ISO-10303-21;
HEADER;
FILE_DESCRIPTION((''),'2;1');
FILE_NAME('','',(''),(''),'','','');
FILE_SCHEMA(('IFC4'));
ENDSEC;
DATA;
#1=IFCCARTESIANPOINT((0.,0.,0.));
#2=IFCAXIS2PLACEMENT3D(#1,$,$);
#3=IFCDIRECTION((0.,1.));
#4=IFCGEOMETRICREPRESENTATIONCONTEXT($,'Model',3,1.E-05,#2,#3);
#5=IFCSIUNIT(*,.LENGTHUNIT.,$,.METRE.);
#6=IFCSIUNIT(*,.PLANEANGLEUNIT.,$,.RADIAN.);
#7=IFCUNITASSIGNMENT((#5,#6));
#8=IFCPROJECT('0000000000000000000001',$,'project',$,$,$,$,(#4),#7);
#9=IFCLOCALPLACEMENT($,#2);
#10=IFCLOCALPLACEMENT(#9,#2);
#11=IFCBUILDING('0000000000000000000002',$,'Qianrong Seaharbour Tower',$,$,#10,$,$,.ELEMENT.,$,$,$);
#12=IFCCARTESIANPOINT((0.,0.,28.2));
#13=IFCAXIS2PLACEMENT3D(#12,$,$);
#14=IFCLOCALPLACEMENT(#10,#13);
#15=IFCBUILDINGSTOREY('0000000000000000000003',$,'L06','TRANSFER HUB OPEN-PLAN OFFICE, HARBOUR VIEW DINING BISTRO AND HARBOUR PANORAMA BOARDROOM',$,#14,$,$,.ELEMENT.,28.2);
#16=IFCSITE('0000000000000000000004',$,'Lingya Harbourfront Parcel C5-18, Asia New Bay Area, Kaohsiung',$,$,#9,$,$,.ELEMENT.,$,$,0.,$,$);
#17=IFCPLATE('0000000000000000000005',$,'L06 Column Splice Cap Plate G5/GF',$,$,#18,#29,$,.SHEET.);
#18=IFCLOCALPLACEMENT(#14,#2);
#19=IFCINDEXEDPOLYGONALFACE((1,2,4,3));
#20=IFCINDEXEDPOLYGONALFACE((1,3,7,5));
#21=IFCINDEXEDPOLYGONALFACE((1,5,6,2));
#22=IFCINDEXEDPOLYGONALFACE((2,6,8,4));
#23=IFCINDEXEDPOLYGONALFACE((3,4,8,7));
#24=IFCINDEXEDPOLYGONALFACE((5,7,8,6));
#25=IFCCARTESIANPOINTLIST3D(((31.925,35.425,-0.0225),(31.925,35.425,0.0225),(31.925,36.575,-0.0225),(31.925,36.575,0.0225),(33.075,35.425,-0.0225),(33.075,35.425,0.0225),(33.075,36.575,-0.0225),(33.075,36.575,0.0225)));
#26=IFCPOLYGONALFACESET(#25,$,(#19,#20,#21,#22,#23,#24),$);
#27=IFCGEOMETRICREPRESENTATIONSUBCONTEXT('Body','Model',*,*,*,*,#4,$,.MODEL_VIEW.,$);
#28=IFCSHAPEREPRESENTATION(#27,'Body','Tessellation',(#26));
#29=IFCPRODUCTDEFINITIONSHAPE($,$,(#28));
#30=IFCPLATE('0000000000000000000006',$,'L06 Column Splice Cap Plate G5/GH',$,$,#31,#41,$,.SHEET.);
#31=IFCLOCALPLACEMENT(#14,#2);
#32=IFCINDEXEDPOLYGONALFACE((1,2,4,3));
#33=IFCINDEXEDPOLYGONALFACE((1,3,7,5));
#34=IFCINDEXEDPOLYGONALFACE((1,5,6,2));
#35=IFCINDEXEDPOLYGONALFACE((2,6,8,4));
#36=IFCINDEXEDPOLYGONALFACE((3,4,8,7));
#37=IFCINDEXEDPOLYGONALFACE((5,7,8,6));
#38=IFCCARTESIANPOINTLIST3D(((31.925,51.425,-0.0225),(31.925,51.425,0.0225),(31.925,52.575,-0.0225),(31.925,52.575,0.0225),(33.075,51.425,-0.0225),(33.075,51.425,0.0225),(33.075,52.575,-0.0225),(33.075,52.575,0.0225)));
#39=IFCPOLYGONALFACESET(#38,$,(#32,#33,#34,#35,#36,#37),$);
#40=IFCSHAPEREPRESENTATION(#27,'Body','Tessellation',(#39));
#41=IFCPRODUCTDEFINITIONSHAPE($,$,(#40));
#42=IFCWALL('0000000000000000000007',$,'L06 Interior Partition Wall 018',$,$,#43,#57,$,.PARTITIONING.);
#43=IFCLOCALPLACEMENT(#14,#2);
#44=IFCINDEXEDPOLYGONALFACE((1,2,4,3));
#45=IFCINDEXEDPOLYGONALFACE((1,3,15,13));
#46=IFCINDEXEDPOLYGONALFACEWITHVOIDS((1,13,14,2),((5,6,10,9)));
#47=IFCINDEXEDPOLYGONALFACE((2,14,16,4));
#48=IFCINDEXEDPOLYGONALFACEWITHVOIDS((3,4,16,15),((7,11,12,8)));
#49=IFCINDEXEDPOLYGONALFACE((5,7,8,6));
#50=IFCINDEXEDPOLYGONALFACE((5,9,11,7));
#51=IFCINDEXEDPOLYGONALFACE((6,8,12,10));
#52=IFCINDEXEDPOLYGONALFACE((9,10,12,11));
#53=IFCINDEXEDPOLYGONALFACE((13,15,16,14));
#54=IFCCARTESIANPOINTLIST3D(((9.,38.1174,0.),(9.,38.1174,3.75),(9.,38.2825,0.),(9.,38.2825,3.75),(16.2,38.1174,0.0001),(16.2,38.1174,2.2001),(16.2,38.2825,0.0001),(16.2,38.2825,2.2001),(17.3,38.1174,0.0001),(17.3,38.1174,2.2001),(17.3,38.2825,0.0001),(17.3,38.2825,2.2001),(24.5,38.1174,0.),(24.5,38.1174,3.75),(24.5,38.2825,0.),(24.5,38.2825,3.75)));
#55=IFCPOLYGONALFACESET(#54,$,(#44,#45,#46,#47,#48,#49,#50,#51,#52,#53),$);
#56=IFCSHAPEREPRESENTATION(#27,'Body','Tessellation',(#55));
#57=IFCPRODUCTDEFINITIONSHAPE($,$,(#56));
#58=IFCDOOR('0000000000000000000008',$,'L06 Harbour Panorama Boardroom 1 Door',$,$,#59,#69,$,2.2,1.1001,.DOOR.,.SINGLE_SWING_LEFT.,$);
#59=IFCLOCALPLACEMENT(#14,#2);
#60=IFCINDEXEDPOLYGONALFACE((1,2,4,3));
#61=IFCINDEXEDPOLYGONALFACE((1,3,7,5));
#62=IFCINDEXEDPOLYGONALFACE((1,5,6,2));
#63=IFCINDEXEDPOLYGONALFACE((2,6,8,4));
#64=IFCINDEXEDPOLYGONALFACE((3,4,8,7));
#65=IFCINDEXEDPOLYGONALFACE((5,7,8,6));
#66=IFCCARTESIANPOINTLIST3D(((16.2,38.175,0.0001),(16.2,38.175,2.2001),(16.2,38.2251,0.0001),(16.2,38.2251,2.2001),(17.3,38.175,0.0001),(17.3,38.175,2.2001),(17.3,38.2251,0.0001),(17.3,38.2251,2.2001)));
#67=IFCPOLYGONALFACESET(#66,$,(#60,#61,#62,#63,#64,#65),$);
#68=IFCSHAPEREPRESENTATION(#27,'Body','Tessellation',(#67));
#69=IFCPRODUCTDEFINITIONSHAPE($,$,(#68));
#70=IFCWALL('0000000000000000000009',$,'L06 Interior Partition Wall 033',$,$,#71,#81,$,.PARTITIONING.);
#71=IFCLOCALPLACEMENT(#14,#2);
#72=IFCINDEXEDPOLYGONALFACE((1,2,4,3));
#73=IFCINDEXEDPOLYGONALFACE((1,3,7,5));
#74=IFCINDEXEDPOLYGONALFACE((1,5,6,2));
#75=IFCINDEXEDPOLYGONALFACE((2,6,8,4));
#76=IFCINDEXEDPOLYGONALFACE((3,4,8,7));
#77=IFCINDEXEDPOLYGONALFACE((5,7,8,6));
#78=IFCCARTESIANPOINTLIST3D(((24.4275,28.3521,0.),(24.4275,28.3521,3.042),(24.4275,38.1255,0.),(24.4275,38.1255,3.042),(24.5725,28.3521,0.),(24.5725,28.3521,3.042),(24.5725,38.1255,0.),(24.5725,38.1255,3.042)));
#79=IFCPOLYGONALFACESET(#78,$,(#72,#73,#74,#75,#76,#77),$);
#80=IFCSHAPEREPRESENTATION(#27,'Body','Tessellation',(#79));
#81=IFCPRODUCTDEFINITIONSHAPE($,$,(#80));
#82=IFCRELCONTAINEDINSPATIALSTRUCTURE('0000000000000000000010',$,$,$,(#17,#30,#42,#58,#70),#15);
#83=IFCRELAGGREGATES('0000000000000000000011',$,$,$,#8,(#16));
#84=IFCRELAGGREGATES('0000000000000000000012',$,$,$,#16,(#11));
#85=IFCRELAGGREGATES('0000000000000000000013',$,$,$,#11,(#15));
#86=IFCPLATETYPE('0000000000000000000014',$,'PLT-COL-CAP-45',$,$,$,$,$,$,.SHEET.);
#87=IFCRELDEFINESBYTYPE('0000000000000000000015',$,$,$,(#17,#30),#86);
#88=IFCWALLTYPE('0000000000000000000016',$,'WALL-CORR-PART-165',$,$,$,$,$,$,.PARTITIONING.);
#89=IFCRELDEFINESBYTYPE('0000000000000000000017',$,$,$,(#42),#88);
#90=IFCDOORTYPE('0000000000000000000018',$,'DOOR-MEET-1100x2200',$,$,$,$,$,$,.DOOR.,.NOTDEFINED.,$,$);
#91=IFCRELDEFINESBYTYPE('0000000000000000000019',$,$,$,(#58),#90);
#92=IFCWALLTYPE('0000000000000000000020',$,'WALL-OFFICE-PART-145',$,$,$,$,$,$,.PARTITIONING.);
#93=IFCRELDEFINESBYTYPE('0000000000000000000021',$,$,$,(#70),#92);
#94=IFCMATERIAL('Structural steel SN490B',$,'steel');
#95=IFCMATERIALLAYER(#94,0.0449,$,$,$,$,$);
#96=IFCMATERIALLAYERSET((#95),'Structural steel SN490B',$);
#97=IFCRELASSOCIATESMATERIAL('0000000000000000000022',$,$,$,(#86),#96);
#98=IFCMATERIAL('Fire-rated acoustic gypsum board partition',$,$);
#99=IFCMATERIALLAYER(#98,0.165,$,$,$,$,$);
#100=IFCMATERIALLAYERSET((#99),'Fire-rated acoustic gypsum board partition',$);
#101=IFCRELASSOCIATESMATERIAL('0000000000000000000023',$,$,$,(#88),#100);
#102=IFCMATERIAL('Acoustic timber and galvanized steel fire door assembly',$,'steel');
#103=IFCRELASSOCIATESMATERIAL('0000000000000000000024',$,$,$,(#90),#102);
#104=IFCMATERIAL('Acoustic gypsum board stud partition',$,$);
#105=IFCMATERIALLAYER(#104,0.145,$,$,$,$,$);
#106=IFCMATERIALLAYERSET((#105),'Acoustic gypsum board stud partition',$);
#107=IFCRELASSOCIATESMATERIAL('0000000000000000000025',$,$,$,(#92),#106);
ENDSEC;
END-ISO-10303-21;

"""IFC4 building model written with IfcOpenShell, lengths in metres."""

from ifc_helpers import new_model, si_unit, direction, frame, frame_2d, origin, origin_2d, place, context, subcontext, project, spatial, rectangle, extrude, material, layer, layer_set, type_object, element, fill, save


model = new_model("IFC4")

# Units and contexts
model_context = context("Model", 3, precision=1e-05, world=origin(), true_north=direction((0.0, 1.0)))
body_context = subcontext(model_context, "Body", "Model", "MODEL_VIEW")
ifc_project = project(units=[si_unit("LENGTHUNIT", "METRE"), si_unit("PLANEANGLEUNIT", "RADIAN")], contexts=[model_context])

# Site, building, storey
site_placement = place(None, origin())
site = spatial("IfcSite", under=ifc_project, at=site_placement, Name="Lingya Harbourfront Parcel C5-18, Asia New Bay Area, Kaohsiung", CompositionType="ELEMENT", RefElevation=0.0)
building_placement = place(site_placement, origin())
building = spatial("IfcBuilding", under=site, at=building_placement, Name="Qianrong Seaharbour Tower", CompositionType="ELEMENT")
storey_placement = place(building_placement, frame((0.0, 0.0, 28.2)))
storey = spatial("IfcBuildingStorey", under=building, at=storey_placement, Name="L06", Description="TRANSFER HUB OPEN-PLAN OFFICE, HARBOUR VIEW DINING BISTRO AND HARBOUR PANORAMA BOARDROOM", CompositionType="ELEMENT", Elevation=28.2)

# Shared definitions
ifc_material_1 = material(Name="Structural steel SN490B", Category="steel")

# Plates
ifc_layer_1 = layer(ifc_material_1, 0.0449)
ifc_layer_set_1 = layer_set([ifc_layer_1], Name="Structural steel SN490B")
plate_type = type_object("IfcPlateType", Name="PLT-COL-CAP-45", PredefinedType="SHEET", material=ifc_layer_set_1)
for number, where, z_axis, x_axis, name in (
    (1, (32.5, 36.0, -0.0225), (0.0, 0.0, 1.0), (1.0, 0.0, 0.0), "L06 Column Splice Cap Plate G5/GF"),
    (2, (32.5, 52.0, -0.0225), (0.0, 0.0, 1.0), (1.0, 0.0, 0.0), "L06 Column Splice Cap Plate G5/GH"),
):
    element("IfcPlate", number, at=place(storey_placement, frame(where, z_axis=z_axis, x_axis=x_axis)), inside=storey, type_object=plate_type, Name=name, PredefinedType="SHEET", context=body_context, shape_type="SweptSolid", body=[
        extrude(rectangle(XDim=1.1499, YDim=1.1499, at=origin_2d()), origin(), (0.0, 0.0, 1.0), 0.0449),
    ])

# Wall, opening, door
ifc_material_2 = material(Name="Fire-rated acoustic gypsum board partition")
ifc_layer_2 = layer(ifc_material_2, 0.165)
ifc_layer_set_2 = layer_set([ifc_layer_2], Name="Fire-rated acoustic gypsum board partition")
wall_type_1 = type_object("IfcWallType", Name="WALL-CORR-PART-165", PredefinedType="PARTITIONING", material=ifc_layer_set_2)
wall_1_placement = place(storey_placement, frame((24.5, 38.2, 0.0), z_axis=(0.0, 0.0, 1.0), x_axis=(-1.0, 0.0, 0.0)))
wall_1 = element("IfcWall", 3, at=wall_1_placement, inside=storey, type_object=wall_type_1, Name="L06 Interior Partition Wall 018", PredefinedType="PARTITIONING", context=body_context, shape_type="SweptSolid", body=[
    extrude(rectangle(XDim=15.5, YDim=0.165, at=frame_2d((7.75, 0.0))), origin(), (0.0, 0.0, 1.0), 3.75),
])
opening_placement = place(wall_1_placement, frame((7.2, 0.0, 0.0)))
opening = element("IfcOpeningElement", 4, at=opening_placement, cuts=wall_1, PredefinedType="OPENING", context=body_context, shape_type="SweptSolid", body=[
    extrude(rectangle(XDim=1.1001, YDim=2.2, at=frame_2d((0.55, 1.1001))), frame((0.0, 0.0925, 0.0), z_axis=(0.0, -1.0, 0.0), x_axis=(1.0, 0.0, 0.0)), (0.0, 0.0, 1.0), 0.1851),
])
ifc_material_3 = material(Name="Acoustic timber and galvanized steel fire door assembly", Category="steel")
door_type = type_object("IfcDoorType", Name="DOOR-MEET-1100x2200", OperationType="NOTDEFINED", PredefinedType="DOOR", material=ifc_material_3)
door_placement = place(opening_placement, origin())
door = element("IfcDoor", 5, at=door_placement, inside=storey, type_object=door_type, Name="L06 Harbour Panorama Boardroom 1 Door", OperationType="SINGLE_SWING_LEFT", OverallHeight=2.2, OverallWidth=1.1001, PredefinedType="DOOR", context=body_context, shape_type="SweptSolid", body=[
    extrude(rectangle(XDim=1.1001, YDim=2.2, at=frame_2d((0.55, 1.1001))), frame((0.0, 0.0249, 0.0), z_axis=(0.0, -1.0, 0.0), x_axis=(1.0, 0.0, 0.0)), (0.0, 0.0, 1.0), 0.05),
])
fill(opening, door)

# Wall
ifc_material_4 = material(Name="Acoustic gypsum board stud partition")
ifc_layer_3 = layer(ifc_material_4, 0.145)
ifc_layer_set_3 = layer_set([ifc_layer_3], Name="Acoustic gypsum board stud partition")
wall_type_2 = type_object("IfcWallType", Name="WALL-OFFICE-PART-145", PredefinedType="PARTITIONING", material=ifc_layer_set_3)
wall_2_placement = place(storey_placement, frame((24.5, 38.1255, 0.0), z_axis=(0.0, 0.0, 1.0), x_axis=(0.0, -1.0, 0.0)))
element("IfcWall", 6, at=wall_2_placement, inside=storey, type_object=wall_type_2, Name="L06 Interior Partition Wall 033", PredefinedType="PARTITIONING", context=body_context, shape_type="SweptSolid", body=[
    extrude(rectangle(XDim=9.7734, YDim=0.145, at=frame_2d((4.8867, 0.0))), origin(), (0.0, 0.0, 1.0), 3.042),
])

save(model, "model.ifc")
